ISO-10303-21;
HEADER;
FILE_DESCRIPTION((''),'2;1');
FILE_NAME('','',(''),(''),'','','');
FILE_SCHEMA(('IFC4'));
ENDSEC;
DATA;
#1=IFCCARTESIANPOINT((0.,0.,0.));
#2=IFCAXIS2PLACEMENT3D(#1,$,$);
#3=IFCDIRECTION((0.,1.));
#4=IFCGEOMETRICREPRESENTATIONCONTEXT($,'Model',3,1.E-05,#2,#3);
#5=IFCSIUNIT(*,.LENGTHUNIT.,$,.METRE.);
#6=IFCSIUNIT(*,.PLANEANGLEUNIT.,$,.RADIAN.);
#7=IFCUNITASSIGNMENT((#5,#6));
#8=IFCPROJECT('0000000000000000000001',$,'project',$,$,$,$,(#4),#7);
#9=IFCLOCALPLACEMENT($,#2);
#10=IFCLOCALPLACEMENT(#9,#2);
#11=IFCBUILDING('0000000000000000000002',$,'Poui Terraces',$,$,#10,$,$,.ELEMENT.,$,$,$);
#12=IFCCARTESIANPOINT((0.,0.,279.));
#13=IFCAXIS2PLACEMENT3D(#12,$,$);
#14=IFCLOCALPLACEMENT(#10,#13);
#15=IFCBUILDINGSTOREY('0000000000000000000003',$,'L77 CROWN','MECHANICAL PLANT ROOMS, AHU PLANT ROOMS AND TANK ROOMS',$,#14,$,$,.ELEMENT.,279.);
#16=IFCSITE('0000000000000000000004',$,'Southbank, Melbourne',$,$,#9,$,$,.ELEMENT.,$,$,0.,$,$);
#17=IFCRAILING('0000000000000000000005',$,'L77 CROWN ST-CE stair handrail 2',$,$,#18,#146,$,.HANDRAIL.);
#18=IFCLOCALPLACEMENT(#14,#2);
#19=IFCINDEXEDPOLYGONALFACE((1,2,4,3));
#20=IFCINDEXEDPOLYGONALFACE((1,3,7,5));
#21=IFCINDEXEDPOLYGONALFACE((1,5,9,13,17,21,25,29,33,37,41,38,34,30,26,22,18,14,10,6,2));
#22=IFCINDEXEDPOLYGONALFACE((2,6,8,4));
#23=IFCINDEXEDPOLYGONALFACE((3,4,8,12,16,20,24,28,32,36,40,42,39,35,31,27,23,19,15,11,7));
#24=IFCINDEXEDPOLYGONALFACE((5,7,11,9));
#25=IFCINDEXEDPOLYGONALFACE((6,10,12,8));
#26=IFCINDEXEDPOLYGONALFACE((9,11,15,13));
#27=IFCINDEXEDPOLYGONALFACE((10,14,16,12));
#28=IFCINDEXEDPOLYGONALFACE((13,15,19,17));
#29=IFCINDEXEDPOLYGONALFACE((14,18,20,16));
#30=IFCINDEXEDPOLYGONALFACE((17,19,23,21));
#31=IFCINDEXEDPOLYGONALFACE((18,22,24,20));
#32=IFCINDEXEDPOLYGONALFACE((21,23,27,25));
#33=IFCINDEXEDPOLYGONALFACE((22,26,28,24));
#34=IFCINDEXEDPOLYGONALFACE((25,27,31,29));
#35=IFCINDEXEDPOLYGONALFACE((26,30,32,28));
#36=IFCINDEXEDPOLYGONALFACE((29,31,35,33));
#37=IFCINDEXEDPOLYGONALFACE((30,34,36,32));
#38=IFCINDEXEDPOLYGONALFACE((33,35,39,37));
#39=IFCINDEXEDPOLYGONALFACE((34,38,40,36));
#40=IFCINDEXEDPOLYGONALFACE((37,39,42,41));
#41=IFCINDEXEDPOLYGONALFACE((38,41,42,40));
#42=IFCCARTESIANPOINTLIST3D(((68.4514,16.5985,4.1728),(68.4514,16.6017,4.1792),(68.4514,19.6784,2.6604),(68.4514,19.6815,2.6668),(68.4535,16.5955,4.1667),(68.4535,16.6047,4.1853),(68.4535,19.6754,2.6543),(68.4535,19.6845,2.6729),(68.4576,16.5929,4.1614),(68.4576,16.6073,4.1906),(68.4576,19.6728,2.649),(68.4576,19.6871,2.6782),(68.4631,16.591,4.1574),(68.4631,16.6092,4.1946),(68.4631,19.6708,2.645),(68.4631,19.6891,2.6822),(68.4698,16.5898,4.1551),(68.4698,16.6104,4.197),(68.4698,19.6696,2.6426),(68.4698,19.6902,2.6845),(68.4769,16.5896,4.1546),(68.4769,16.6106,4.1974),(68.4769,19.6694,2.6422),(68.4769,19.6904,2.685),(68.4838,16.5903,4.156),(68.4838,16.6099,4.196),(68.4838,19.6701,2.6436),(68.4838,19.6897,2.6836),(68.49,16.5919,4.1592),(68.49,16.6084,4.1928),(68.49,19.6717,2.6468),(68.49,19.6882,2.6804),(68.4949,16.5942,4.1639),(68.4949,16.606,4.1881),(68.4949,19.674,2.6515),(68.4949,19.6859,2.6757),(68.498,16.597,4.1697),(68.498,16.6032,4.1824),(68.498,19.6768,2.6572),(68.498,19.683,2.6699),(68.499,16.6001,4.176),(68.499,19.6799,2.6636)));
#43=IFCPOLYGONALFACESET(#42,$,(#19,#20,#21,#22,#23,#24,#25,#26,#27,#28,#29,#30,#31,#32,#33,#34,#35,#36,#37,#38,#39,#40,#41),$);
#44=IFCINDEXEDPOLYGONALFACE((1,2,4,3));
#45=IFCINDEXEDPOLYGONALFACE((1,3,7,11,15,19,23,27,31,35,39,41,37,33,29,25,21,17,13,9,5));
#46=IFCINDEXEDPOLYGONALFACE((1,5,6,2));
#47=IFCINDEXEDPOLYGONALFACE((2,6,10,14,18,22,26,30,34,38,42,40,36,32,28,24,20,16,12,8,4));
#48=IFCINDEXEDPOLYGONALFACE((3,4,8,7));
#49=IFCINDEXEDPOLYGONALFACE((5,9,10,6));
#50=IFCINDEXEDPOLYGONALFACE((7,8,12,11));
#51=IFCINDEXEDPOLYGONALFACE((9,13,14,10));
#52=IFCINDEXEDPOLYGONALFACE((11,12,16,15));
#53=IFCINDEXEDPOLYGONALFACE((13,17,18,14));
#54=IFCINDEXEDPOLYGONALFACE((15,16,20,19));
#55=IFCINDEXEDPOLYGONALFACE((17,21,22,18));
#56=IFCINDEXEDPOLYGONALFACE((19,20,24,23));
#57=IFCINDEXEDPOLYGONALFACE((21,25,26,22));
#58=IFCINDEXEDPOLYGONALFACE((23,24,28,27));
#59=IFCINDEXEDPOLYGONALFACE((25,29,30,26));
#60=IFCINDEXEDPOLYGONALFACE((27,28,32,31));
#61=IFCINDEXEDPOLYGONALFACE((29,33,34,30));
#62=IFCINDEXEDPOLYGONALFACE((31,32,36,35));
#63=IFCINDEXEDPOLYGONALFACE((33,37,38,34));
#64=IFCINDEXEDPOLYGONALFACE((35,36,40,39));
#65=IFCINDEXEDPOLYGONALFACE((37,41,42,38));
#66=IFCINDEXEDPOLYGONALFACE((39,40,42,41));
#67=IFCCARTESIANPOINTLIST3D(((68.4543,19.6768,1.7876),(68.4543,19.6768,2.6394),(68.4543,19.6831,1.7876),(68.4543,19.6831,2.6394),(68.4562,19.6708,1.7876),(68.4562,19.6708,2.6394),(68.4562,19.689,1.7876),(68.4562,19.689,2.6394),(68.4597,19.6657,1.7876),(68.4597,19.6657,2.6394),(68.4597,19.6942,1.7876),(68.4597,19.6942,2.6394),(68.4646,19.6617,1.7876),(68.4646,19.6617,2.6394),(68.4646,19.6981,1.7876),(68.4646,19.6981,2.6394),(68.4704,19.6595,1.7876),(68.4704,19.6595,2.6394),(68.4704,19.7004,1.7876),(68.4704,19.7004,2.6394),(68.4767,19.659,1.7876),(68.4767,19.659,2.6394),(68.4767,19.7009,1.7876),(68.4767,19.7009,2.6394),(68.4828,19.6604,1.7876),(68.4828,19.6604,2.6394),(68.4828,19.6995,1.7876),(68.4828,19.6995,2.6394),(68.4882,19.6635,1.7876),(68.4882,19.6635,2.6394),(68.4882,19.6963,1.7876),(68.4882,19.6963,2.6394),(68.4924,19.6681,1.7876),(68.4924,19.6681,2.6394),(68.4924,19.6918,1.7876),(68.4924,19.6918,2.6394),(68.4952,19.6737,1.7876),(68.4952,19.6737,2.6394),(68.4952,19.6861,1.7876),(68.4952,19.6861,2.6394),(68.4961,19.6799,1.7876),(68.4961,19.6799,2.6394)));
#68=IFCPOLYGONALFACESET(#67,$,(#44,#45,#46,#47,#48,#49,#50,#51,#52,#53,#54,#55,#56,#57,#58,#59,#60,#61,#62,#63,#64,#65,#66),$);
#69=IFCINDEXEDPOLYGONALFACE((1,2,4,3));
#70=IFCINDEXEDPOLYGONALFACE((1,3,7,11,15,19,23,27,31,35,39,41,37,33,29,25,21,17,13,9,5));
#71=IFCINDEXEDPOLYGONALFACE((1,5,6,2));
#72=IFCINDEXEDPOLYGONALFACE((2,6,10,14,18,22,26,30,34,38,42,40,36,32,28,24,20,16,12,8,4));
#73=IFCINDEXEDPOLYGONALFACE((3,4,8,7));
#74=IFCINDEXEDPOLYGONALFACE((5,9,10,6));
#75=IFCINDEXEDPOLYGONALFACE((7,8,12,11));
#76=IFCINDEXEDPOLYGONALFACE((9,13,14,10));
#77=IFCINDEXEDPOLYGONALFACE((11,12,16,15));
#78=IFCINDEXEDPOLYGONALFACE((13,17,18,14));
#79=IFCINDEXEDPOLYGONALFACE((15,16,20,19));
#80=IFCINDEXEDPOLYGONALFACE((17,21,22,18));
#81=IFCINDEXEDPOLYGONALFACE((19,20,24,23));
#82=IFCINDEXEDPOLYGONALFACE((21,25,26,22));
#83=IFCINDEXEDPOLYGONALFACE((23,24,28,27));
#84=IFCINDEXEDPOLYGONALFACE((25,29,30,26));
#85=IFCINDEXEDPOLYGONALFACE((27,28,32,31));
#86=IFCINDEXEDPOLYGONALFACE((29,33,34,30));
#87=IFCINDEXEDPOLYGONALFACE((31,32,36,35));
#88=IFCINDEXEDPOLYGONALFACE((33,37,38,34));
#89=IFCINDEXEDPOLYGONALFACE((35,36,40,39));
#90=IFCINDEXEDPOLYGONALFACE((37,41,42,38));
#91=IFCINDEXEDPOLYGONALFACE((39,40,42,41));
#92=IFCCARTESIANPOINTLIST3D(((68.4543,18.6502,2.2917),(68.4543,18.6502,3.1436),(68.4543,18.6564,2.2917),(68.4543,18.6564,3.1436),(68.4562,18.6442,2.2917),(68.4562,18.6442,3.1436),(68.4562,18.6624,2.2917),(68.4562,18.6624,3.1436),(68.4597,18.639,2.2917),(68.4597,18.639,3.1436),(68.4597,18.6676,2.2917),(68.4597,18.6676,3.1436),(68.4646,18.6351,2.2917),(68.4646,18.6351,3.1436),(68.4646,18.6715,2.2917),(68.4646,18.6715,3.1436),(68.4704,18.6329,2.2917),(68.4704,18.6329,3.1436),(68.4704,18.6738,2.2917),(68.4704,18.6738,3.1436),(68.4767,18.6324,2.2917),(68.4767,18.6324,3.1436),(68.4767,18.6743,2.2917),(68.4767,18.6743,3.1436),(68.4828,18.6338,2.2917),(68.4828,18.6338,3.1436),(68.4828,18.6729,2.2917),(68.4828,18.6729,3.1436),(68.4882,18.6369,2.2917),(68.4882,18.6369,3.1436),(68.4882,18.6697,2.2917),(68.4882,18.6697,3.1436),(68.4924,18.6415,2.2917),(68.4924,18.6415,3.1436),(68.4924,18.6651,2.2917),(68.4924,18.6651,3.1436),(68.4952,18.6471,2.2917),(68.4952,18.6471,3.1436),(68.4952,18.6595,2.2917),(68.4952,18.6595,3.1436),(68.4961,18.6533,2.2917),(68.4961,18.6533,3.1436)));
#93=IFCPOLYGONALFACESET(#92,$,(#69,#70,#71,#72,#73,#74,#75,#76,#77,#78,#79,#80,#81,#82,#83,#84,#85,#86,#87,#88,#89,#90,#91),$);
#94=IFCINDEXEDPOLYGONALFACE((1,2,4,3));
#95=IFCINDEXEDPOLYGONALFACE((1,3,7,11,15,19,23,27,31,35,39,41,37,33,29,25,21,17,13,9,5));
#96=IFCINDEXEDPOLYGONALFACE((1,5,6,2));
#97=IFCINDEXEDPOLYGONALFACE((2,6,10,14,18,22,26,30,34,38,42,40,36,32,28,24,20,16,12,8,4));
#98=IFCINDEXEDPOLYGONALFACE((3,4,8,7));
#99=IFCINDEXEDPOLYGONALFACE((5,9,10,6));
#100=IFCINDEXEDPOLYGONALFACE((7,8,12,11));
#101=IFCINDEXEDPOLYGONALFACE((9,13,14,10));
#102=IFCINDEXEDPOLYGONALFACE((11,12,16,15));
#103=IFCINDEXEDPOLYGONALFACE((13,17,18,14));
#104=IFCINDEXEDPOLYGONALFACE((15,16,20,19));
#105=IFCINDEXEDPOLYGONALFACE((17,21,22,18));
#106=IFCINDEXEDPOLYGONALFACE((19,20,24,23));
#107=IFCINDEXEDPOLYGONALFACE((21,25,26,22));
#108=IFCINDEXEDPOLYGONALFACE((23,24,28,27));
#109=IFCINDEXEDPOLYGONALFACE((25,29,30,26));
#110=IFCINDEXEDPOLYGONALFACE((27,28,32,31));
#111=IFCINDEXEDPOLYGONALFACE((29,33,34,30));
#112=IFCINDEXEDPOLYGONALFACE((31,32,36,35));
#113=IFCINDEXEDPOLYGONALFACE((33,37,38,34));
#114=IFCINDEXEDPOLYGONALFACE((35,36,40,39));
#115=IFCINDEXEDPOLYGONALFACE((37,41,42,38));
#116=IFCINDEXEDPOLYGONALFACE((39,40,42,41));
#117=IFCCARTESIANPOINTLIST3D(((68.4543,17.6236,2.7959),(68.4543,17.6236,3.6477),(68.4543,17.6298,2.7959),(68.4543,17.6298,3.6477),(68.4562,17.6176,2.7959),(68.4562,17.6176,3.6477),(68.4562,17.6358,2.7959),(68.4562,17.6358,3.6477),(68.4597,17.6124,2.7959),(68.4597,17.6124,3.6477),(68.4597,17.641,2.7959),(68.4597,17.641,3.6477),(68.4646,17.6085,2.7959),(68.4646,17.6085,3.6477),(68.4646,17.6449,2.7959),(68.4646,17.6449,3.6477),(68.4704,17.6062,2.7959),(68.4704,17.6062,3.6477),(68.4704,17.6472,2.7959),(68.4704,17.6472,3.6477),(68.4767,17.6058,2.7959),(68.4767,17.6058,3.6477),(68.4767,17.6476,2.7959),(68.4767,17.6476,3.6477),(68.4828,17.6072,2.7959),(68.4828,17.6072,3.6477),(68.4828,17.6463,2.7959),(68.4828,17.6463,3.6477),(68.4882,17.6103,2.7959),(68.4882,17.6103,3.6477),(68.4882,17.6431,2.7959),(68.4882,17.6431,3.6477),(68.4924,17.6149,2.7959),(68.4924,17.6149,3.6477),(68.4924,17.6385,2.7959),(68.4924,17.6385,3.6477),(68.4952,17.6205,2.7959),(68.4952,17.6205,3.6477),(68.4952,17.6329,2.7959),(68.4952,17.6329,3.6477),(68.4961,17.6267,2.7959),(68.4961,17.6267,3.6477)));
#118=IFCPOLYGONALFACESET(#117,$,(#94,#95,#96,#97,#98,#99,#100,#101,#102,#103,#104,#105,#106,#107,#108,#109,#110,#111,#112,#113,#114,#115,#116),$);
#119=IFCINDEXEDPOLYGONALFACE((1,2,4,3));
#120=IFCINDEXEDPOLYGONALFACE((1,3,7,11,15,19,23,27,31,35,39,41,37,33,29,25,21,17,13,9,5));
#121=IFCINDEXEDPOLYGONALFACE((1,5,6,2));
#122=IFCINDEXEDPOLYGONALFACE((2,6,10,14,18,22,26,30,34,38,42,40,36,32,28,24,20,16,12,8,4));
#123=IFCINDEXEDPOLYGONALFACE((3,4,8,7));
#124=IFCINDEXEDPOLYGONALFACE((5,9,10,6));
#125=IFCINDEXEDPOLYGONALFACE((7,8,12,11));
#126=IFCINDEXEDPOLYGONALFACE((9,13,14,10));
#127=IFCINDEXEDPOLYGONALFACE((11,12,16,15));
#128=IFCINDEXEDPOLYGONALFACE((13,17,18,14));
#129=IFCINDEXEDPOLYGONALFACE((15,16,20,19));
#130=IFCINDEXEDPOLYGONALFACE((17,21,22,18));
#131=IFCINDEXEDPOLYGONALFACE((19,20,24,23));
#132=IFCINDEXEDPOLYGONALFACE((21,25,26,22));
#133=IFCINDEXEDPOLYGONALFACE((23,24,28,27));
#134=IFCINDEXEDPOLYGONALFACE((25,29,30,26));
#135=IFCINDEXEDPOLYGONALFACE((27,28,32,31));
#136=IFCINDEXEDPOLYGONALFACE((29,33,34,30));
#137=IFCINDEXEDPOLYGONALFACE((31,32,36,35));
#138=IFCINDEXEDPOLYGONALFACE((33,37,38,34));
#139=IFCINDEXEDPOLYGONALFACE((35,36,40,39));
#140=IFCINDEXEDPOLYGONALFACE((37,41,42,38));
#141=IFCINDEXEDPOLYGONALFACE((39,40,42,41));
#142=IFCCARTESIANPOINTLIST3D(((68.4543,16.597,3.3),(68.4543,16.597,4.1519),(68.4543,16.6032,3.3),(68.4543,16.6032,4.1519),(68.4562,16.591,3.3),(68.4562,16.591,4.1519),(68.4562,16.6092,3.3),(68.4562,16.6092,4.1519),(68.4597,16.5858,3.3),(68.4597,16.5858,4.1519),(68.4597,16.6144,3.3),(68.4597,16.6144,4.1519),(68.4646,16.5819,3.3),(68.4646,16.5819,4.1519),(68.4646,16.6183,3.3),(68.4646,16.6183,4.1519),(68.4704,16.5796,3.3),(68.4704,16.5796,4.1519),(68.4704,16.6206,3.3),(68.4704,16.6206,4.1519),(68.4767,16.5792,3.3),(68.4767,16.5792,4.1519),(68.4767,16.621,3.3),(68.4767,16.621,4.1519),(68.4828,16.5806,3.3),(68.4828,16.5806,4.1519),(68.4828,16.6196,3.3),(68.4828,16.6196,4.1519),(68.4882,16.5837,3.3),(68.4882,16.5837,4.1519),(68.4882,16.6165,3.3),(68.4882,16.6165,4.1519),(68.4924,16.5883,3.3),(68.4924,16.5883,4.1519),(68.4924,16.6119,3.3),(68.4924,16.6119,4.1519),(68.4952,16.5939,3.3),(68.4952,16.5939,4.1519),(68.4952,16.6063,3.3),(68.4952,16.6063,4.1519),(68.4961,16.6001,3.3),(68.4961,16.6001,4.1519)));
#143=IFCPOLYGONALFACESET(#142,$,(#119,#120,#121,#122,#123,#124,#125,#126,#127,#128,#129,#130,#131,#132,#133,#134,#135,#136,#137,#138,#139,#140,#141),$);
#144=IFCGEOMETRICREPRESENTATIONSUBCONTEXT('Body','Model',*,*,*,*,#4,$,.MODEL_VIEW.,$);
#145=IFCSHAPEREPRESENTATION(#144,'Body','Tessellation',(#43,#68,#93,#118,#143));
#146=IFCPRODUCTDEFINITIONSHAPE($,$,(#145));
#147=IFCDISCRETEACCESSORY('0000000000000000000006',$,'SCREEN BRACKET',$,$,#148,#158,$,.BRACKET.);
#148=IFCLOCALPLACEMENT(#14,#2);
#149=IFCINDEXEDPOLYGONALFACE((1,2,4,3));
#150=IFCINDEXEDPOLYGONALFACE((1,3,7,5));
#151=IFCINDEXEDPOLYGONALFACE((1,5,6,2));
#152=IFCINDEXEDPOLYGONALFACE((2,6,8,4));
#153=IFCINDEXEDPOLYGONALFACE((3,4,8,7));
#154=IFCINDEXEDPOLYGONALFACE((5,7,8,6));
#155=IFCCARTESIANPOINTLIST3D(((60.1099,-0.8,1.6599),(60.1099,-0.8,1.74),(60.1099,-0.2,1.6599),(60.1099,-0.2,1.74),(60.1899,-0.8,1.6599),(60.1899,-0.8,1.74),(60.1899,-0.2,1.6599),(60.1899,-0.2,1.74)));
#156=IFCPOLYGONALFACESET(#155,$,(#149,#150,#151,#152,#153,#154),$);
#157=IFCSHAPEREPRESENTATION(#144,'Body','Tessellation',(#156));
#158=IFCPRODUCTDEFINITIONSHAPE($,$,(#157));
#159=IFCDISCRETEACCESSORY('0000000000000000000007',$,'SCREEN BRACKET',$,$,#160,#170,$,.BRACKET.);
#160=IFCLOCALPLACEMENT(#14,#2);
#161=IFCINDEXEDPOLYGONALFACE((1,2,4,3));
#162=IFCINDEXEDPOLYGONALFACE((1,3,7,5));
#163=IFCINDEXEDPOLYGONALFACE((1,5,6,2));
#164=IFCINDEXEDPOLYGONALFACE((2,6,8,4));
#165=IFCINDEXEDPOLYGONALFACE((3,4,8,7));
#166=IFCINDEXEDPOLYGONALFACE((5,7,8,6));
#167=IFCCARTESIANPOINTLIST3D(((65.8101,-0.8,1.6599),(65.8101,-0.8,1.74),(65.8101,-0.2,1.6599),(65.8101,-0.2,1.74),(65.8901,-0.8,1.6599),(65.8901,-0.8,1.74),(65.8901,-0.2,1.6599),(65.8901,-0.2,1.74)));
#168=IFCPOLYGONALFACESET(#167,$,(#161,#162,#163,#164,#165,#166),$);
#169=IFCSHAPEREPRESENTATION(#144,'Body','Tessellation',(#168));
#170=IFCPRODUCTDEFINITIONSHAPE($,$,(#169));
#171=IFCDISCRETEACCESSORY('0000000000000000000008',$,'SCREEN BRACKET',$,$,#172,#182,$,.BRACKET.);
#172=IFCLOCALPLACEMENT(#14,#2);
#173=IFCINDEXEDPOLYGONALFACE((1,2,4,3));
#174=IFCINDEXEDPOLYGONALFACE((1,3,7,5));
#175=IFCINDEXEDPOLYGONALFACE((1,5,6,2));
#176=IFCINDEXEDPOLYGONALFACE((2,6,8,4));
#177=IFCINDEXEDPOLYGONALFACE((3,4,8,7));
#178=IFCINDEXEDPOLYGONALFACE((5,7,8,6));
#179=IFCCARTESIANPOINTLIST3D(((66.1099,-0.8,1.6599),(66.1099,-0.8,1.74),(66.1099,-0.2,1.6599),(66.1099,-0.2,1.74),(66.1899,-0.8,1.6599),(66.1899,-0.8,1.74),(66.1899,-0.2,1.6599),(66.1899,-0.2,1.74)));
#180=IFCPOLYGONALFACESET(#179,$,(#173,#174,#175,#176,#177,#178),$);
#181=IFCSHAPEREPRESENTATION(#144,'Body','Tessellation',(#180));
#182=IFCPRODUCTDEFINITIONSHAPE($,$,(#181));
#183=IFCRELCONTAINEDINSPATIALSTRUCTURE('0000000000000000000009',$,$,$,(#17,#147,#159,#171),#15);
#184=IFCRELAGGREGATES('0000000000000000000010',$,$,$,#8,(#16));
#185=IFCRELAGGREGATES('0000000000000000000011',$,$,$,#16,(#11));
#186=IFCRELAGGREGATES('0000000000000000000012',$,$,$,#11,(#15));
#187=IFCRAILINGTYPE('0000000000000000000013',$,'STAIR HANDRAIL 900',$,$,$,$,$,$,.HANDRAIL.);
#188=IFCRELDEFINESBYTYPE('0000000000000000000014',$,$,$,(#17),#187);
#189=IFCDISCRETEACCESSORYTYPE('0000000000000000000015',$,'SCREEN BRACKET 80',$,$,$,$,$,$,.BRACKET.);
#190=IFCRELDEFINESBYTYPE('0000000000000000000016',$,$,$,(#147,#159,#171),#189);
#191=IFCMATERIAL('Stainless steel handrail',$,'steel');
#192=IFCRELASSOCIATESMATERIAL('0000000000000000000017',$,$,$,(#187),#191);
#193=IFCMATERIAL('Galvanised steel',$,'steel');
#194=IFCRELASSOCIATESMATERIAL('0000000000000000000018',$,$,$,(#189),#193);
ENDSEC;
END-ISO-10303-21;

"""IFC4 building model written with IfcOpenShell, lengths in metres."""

from ifc_helpers import new_model, si_unit, direction, frame, origin, origin_2d, place, context, subcontext, project, spatial, rectangle, circle, extrude, source, transform, mapped, material, material_profile, profile_set, type_object, element, save


model = new_model("IFC4")

# Units and contexts
model_context = context("Model", 3, precision=1e-05, world=origin(), true_north=direction((0.0, 1.0)))
body_context = subcontext(model_context, "Body", "Model", "MODEL_VIEW")
ifc_project = project(units=[si_unit("LENGTHUNIT", "METRE"), si_unit("PLANEANGLEUNIT", "RADIAN")], contexts=[model_context])

# Site, building, storey
site_placement = place(None, origin())
site = spatial("IfcSite", under=ifc_project, at=site_placement, Name="Southbank, Melbourne", CompositionType="ELEMENT", RefElevation=0.0)
building_placement = place(site_placement, origin())
building = spatial("IfcBuilding", under=site, at=building_placement, Name="Poui Terraces", CompositionType="ELEMENT")
storey_placement = place(building_placement, frame((0.0, 0.0, 279.0)))
storey = spatial("IfcBuildingStorey", under=building, at=storey_placement, Name="L77 CROWN", Description="MECHANICAL PLANT ROOMS, AHU PLANT ROOMS AND TANK ROOMS", CompositionType="ELEMENT", Elevation=279.0)

# Railing
ifc_material_1 = material(Name="Stainless steel handrail", Category="steel")
railing_type_1 = type_object("IfcRailingType", Name="STAIR HANDRAIL 900", PredefinedType="HANDRAIL", material=ifc_material_1)
railing_1_placement = place(storey_placement, frame((68.4751, 19.6799, 1.7876)))
element("IfcRailing", 1, at=railing_1_placement, inside=storey, type_object=railing_type_1, Name="L77 CROWN ST-CE stair handrail 2", PredefinedType="HANDRAIL", context=body_context, shape_type="SweptSolid", body=[
    extrude(circle(Radius=0.0239, at=origin_2d()), frame((0.0, 0.0, 0.876), z_axis=(0.0, -0.897606, 0.440798), x_axis=(1.0, 0.0, 0.0)), (0.0, 0.0, 1.0), 3.4312),
    extrude(circle(Radius=0.021, at=origin_2d()), origin(), (0.0, 0.0, 1.0), 0.8518),
    extrude(circle(Radius=0.021, at=origin_2d()), frame((0.0, -1.0266, 0.5042)), (0.0, 0.0, 1.0), 0.8518),
    extrude(circle(Radius=0.021, at=origin_2d()), frame((0.0, -2.0532, 1.0083)), (0.0, 0.0, 1.0), 0.8518),
    extrude(circle(Radius=0.021, at=origin_2d()), frame((0.0, -3.0798, 1.5125)), (0.0, 0.0, 1.0), 0.8518),
])

# Discrete accessories
ifc_material_2 = material(Name="Galvanised steel", Category="steel")
ifc_material_profile_1 = material_profile(ifc_material_2, rectangle(XDim=0.0801, YDim=0.0801, at=origin_2d()), Name="SCREEN BRACKET 80")
ifc_profile_set_1 = profile_set([ifc_material_profile_1], Name="Galvanised steel")
discrete_accessory_type = type_object("IfcDiscreteAccessoryType", Name="SCREEN BRACKET 80", PredefinedType="BRACKET", material=ifc_profile_set_1)
shared_shape_1 = source(origin(), body_context, "Body", "SweptSolid", [
    extrude(rectangle(XDim=0.0801, YDim=0.0801, at=origin_2d()), origin(), (0.0, 0.0, 1.0), 0.6001),
])
for number, where, z_axis, x_axis, name in (
    (2, (60.1499, -0.2, 1.7), (0.0, -1.0, 0.0), (1.0, 0.0, 0.0), "SCREEN BRACKET"),
    (3, (65.8501, -0.2, 1.7), (0.0, -1.0, 0.0), (1.0, 0.0, 0.0), "SCREEN BRACKET"),
    (4, (66.1499, -0.2, 1.7), (0.0, -1.0, 0.0), (1.0, 0.0, 0.0), "SCREEN BRACKET"),
):
    element("IfcDiscreteAccessory", number, at=place(storey_placement, frame(where, z_axis=z_axis, x_axis=x_axis)), inside=storey, type_object=discrete_accessory_type, Name=name, PredefinedType="BRACKET", context=body_context, shape_type="MappedRepresentation", body=[
        mapped(shared_shape_1, transform((0.0, 0.0, 0.0))),
    ])

save(model, "model.ifc")
